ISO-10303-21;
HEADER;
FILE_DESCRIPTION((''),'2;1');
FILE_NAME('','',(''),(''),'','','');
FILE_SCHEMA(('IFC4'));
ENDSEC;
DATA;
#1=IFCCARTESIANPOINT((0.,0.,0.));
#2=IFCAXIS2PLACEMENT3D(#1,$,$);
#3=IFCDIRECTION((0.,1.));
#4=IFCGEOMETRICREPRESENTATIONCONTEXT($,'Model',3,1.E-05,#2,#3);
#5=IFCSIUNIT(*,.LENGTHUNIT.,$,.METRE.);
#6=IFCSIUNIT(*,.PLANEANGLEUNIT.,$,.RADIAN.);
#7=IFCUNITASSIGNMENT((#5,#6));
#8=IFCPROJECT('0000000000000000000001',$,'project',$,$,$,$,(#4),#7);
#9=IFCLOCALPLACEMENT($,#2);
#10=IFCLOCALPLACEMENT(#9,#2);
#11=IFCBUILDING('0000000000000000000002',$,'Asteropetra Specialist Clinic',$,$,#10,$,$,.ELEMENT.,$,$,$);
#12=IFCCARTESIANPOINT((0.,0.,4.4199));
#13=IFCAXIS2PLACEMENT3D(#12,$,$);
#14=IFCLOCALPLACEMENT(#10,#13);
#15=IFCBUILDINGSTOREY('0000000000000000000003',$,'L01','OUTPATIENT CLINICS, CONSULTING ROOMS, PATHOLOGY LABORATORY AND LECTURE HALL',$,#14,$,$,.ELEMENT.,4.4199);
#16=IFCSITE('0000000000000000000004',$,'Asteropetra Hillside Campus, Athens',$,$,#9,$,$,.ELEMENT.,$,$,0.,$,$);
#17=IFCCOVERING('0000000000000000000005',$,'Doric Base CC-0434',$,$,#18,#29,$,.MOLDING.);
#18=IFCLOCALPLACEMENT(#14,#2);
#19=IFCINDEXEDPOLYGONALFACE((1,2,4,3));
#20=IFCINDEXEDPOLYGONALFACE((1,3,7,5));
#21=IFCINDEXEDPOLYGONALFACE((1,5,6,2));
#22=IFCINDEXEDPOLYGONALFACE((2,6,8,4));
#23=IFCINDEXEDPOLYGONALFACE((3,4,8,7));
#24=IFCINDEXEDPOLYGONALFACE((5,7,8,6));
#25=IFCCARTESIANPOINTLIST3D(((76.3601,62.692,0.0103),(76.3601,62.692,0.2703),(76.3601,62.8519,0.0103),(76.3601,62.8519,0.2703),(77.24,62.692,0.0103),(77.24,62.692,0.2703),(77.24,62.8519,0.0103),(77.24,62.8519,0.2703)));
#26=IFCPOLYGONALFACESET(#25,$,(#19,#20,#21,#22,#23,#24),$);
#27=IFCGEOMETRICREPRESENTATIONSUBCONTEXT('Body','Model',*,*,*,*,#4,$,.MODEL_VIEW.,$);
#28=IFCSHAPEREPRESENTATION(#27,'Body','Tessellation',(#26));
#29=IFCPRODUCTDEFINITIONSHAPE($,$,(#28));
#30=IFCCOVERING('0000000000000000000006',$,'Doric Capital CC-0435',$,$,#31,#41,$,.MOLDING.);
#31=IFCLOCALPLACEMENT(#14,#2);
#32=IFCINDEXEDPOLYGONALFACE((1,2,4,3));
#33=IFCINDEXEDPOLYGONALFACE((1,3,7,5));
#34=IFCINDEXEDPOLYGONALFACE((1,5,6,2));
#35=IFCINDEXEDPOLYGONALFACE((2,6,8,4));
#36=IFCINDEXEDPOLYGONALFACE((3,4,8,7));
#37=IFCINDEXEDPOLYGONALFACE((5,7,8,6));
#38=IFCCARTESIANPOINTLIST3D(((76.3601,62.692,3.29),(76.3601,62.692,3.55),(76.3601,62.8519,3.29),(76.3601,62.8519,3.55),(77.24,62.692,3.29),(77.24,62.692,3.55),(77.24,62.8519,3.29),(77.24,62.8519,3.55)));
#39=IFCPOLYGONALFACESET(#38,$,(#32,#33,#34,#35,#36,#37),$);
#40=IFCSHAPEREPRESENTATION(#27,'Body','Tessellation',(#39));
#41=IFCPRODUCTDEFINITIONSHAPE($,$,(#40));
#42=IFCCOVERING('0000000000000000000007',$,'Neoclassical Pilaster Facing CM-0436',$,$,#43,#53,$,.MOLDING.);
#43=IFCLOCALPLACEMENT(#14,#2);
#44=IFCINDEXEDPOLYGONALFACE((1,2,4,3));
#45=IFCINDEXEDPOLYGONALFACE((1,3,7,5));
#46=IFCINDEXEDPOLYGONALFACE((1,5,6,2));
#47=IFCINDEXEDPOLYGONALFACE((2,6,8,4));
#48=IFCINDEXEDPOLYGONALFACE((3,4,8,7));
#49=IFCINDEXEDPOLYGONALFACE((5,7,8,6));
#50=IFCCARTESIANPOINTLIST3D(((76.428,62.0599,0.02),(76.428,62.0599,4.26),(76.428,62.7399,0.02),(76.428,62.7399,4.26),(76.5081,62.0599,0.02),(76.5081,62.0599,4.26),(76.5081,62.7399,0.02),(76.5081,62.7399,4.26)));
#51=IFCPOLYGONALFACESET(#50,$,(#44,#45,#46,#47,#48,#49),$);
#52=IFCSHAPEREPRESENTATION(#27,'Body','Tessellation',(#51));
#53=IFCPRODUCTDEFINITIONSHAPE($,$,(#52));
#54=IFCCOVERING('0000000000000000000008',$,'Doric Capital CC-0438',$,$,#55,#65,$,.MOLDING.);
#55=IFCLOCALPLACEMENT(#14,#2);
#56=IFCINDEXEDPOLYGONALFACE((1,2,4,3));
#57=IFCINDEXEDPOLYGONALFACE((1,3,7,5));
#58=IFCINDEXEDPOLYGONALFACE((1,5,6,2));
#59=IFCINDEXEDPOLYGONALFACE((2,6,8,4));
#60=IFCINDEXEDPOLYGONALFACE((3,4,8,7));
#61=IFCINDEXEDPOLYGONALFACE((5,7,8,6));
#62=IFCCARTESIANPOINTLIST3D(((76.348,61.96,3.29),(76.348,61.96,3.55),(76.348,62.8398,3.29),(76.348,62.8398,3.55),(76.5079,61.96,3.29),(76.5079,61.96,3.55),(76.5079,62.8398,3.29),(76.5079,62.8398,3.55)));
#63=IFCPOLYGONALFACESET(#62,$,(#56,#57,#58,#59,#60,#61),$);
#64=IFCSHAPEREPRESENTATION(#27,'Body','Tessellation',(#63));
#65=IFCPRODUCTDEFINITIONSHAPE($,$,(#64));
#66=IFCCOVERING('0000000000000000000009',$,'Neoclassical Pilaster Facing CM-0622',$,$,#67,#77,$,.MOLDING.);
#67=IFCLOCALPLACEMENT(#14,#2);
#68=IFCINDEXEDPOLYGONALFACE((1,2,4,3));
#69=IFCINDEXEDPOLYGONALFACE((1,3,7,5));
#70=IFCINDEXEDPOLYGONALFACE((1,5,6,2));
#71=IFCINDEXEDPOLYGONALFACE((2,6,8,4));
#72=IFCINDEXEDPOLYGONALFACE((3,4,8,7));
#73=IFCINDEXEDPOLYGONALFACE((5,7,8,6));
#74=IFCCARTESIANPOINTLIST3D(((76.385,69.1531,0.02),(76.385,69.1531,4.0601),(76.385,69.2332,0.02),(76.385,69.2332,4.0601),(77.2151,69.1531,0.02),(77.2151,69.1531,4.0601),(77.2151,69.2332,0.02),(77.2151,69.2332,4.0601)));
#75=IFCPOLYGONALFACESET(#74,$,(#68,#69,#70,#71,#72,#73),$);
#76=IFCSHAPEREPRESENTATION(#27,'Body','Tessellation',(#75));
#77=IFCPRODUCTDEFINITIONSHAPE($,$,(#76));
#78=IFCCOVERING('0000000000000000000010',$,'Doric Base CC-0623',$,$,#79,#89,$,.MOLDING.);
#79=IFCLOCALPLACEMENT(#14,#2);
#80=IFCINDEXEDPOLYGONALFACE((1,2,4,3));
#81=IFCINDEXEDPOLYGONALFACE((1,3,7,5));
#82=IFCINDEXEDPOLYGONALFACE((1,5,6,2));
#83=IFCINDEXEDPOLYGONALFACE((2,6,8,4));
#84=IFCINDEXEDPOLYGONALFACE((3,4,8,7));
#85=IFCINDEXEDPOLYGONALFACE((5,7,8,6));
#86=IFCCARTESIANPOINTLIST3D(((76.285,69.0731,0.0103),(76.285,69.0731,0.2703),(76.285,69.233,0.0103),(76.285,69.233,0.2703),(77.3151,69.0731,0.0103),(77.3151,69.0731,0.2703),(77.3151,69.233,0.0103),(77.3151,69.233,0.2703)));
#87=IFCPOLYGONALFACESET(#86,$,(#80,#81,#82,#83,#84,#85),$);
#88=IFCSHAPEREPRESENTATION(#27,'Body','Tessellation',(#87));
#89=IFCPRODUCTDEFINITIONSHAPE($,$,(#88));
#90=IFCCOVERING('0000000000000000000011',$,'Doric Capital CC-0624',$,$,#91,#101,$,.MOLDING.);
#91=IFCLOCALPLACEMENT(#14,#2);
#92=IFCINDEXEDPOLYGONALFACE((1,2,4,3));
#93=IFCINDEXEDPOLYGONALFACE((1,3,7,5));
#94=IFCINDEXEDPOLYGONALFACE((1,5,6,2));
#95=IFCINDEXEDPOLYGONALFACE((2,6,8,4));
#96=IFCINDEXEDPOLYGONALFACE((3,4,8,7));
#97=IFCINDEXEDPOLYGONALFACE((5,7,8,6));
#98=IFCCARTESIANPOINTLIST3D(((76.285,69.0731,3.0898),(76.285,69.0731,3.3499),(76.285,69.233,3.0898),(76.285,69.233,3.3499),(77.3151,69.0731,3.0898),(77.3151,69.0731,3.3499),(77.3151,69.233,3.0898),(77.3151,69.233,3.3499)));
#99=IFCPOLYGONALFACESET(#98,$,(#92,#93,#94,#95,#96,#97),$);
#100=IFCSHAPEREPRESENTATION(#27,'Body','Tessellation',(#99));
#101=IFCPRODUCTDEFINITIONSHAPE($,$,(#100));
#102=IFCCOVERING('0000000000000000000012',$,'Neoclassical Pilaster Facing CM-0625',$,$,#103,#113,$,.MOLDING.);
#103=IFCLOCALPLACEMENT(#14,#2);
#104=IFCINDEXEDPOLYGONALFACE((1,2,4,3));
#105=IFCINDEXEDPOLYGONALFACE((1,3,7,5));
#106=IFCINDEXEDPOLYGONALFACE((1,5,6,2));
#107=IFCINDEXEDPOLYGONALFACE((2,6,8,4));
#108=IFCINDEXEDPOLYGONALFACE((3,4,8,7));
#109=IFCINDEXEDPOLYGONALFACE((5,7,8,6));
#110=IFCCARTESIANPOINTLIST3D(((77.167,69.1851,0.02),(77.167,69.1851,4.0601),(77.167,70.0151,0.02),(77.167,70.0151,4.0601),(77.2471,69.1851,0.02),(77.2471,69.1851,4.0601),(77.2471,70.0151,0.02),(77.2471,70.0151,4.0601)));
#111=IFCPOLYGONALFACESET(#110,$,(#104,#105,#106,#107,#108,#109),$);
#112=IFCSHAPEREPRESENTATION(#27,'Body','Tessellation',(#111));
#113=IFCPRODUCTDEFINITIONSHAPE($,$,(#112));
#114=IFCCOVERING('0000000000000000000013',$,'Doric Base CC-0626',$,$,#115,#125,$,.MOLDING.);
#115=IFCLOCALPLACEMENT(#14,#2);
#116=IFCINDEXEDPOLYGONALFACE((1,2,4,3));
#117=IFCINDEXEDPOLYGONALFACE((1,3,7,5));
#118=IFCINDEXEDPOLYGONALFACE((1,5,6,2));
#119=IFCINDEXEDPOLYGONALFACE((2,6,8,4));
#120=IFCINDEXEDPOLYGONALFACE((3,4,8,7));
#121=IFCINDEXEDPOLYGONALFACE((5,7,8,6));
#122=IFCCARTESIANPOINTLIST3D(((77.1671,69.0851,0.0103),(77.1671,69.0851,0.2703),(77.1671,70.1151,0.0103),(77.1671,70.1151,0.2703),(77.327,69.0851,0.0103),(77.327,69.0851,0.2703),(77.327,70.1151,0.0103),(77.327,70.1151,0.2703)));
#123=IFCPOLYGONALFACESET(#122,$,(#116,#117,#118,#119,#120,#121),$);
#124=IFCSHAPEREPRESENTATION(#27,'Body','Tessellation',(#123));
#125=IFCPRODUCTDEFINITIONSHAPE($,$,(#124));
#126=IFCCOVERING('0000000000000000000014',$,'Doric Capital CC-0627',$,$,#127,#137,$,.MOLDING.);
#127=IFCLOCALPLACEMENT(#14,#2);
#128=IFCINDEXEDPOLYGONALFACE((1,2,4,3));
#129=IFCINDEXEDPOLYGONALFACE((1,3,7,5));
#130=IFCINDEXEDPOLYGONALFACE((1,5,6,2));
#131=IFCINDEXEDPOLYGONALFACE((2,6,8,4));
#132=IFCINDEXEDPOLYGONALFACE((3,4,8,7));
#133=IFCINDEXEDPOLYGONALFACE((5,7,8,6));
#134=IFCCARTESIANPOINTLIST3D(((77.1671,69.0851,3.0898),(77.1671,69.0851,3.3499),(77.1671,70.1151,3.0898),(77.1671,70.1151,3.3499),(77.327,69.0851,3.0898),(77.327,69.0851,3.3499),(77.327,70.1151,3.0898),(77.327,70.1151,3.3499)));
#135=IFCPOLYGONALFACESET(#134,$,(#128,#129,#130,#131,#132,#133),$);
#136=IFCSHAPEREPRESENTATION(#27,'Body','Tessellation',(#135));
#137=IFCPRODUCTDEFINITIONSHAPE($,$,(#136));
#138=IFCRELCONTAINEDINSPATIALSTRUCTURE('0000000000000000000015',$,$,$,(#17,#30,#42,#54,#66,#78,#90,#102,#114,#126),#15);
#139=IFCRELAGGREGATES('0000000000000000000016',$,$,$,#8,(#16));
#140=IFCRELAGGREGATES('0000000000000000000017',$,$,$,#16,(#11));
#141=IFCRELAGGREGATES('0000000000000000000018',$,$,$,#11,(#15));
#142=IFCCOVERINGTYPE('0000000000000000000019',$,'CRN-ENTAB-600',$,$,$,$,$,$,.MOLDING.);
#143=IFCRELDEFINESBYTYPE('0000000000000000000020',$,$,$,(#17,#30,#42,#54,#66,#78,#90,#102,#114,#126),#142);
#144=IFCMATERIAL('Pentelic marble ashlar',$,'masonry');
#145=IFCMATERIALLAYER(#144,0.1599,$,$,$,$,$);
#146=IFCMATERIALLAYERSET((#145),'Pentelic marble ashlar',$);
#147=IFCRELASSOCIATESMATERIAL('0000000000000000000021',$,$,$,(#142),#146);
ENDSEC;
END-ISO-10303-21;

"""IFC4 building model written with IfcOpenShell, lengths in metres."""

from ifc_helpers import new_model, si_unit, direction, frame, origin, origin_2d, place, context, subcontext, project, spatial, rectangle, extrude, material, layer, layer_set, type_object, element, save


model = new_model("IFC4")

# Units and contexts
model_context = context("Model", 3, precision=1e-05, world=origin(), true_north=direction((0.0, 1.0)))
body_context = subcontext(model_context, "Body", "Model", "MODEL_VIEW")
ifc_project = project(units=[si_unit("LENGTHUNIT", "METRE"), si_unit("PLANEANGLEUNIT", "RADIAN")], contexts=[model_context])

# Site, building, storey
site_placement = place(None, origin())
site = spatial("IfcSite", under=ifc_project, at=site_placement, Name="Asteropetra Hillside Campus, Athens", CompositionType="ELEMENT", RefElevation=0.0)
building_placement = place(site_placement, origin())
building = spatial("IfcBuilding", under=site, at=building_placement, Name="Asteropetra Specialist Clinic", CompositionType="ELEMENT")
storey_placement = place(building_placement, frame((0.0, 0.0, 4.4199)))
storey = spatial("IfcBuildingStorey", under=building, at=storey_placement, Name="L01", Description="OUTPATIENT CLINICS, CONSULTING ROOMS, PATHOLOGY LABORATORY AND LECTURE HALL", CompositionType="ELEMENT", Elevation=4.4199)

# Coverings
ifc_material_1 = material(Name="Pentelic marble ashlar", Category="masonry")
ifc_layer_1 = layer(ifc_material_1, 0.1599)
ifc_layer_set_1 = layer_set([ifc_layer_1], Name="Pentelic marble ashlar")
covering_type = type_object("IfcCoveringType", Name="CRN-ENTAB-600", PredefinedType="MOLDING", material=ifc_layer_set_1)
for number, where, z_axis, x_axis, name in (
    (1, (76.8, 62.772, 0.0103), (0.0, 0.0, 1.0), (1.0, 0.0, 0.0), "Doric Base CC-0434"),
    (2, (76.8, 62.772, 3.29), (0.0, 0.0, 1.0), (1.0, 0.0, 0.0), "Doric Capital CC-0435"),
):
    element("IfcCovering", number, at=place(storey_placement, frame(where, z_axis=z_axis, x_axis=x_axis)), inside=storey, type_object=covering_type, Name=name, PredefinedType="MOLDING", context=body_context, shape_type="SweptSolid", body=[
        extrude(rectangle(XDim=0.8799, YDim=0.1599, at=origin_2d()), origin(), (0.0, 0.0, 1.0), 0.26),
    ])
covering_1_placement = place(storey_placement, frame((76.468, 62.3999, 0.02), z_axis=(0.0, 0.0, 1.0), x_axis=(1.0, 0.0, 0.0)))
element("IfcCovering", 3, at=covering_1_placement, inside=storey, type_object=covering_type, Name="Neoclassical Pilaster Facing CM-0436", PredefinedType="MOLDING", context=body_context, shape_type="SweptSolid", body=[
    extrude(rectangle(XDim=0.0801, YDim=0.6799, at=origin_2d()), origin(), (0.0, 0.0, 1.0), 4.24),
])
covering_2_placement = place(storey_placement, frame((76.428, 62.3999, 3.29), z_axis=(0.0, 0.0, 1.0), x_axis=(1.0, 0.0, 0.0)))
element("IfcCovering", 4, at=covering_2_placement, inside=storey, type_object=covering_type, Name="Doric Capital CC-0438", PredefinedType="MOLDING", context=body_context, shape_type="SweptSolid", body=[
    extrude(rectangle(XDim=0.1599, YDim=0.8799, at=origin_2d()), origin(), (0.0, 0.0, 1.0), 0.26),
])
covering_3_placement = place(storey_placement, frame((76.8, 69.1931, 0.02), z_axis=(0.0, 0.0, 1.0), x_axis=(1.0, 0.0, 0.0)))
element("IfcCovering", 5, at=covering_3_placement, inside=storey, type_object=covering_type, Name="Neoclassical Pilaster Facing CM-0622", PredefinedType="MOLDING", context=body_context, shape_type="SweptSolid", body=[
    extrude(rectangle(XDim=0.8301, YDim=0.0801, at=origin_2d()), origin(), (0.0, 0.0, 1.0), 4.04),
])
for number, where, z_axis, x_axis, name in (
    (6, (76.8, 69.1531, 0.0103), (0.0, 0.0, 1.0), (1.0, 0.0, 0.0), "Doric Base CC-0623"),
    (7, (76.8, 69.1531, 3.0898), (0.0, 0.0, 1.0), (1.0, 0.0, 0.0), "Doric Capital CC-0624"),
):
    element("IfcCovering", number, at=place(storey_placement, frame(where, z_axis=z_axis, x_axis=x_axis)), inside=storey, type_object=covering_type, Name=name, PredefinedType="MOLDING", context=body_context, shape_type="SweptSolid", body=[
        extrude(rectangle(XDim=1.03, YDim=0.1599, at=origin_2d()), origin(), (0.0, 0.0, 1.0), 0.26),
    ])
covering_4_placement = place(storey_placement, frame((77.207, 69.6001, 0.02), z_axis=(0.0, 0.0, 1.0), x_axis=(1.0, 0.0, 0.0)))
element("IfcCovering", 8, at=covering_4_placement, inside=storey, type_object=covering_type, Name="Neoclassical Pilaster Facing CM-0625", PredefinedType="MOLDING", context=body_context, shape_type="SweptSolid", body=[
    extrude(rectangle(XDim=0.0801, YDim=0.8301, at=origin_2d()), origin(), (0.0, 0.0, 1.0), 4.04),
])
for number, where, z_axis, x_axis, name in (
    (9, (77.2471, 69.6001, 0.0103), (0.0, 0.0, 1.0), (1.0, 0.0, 0.0), "Doric Base CC-0626"),
    (10, (77.2471, 69.6001, 3.0898), (0.0, 0.0, 1.0), (1.0, 0.0, 0.0), "Doric Capital CC-0627"),
):
    element("IfcCovering", number, at=place(storey_placement, frame(where, z_axis=z_axis, x_axis=x_axis)), inside=storey, type_object=covering_type, Name=name, PredefinedType="MOLDING", context=body_context, shape_type="SweptSolid", body=[
        extrude(rectangle(XDim=0.1599, YDim=1.03, at=origin_2d()), origin(), (0.0, 0.0, 1.0), 0.26),
    ])

save(model, "model.ifc")
